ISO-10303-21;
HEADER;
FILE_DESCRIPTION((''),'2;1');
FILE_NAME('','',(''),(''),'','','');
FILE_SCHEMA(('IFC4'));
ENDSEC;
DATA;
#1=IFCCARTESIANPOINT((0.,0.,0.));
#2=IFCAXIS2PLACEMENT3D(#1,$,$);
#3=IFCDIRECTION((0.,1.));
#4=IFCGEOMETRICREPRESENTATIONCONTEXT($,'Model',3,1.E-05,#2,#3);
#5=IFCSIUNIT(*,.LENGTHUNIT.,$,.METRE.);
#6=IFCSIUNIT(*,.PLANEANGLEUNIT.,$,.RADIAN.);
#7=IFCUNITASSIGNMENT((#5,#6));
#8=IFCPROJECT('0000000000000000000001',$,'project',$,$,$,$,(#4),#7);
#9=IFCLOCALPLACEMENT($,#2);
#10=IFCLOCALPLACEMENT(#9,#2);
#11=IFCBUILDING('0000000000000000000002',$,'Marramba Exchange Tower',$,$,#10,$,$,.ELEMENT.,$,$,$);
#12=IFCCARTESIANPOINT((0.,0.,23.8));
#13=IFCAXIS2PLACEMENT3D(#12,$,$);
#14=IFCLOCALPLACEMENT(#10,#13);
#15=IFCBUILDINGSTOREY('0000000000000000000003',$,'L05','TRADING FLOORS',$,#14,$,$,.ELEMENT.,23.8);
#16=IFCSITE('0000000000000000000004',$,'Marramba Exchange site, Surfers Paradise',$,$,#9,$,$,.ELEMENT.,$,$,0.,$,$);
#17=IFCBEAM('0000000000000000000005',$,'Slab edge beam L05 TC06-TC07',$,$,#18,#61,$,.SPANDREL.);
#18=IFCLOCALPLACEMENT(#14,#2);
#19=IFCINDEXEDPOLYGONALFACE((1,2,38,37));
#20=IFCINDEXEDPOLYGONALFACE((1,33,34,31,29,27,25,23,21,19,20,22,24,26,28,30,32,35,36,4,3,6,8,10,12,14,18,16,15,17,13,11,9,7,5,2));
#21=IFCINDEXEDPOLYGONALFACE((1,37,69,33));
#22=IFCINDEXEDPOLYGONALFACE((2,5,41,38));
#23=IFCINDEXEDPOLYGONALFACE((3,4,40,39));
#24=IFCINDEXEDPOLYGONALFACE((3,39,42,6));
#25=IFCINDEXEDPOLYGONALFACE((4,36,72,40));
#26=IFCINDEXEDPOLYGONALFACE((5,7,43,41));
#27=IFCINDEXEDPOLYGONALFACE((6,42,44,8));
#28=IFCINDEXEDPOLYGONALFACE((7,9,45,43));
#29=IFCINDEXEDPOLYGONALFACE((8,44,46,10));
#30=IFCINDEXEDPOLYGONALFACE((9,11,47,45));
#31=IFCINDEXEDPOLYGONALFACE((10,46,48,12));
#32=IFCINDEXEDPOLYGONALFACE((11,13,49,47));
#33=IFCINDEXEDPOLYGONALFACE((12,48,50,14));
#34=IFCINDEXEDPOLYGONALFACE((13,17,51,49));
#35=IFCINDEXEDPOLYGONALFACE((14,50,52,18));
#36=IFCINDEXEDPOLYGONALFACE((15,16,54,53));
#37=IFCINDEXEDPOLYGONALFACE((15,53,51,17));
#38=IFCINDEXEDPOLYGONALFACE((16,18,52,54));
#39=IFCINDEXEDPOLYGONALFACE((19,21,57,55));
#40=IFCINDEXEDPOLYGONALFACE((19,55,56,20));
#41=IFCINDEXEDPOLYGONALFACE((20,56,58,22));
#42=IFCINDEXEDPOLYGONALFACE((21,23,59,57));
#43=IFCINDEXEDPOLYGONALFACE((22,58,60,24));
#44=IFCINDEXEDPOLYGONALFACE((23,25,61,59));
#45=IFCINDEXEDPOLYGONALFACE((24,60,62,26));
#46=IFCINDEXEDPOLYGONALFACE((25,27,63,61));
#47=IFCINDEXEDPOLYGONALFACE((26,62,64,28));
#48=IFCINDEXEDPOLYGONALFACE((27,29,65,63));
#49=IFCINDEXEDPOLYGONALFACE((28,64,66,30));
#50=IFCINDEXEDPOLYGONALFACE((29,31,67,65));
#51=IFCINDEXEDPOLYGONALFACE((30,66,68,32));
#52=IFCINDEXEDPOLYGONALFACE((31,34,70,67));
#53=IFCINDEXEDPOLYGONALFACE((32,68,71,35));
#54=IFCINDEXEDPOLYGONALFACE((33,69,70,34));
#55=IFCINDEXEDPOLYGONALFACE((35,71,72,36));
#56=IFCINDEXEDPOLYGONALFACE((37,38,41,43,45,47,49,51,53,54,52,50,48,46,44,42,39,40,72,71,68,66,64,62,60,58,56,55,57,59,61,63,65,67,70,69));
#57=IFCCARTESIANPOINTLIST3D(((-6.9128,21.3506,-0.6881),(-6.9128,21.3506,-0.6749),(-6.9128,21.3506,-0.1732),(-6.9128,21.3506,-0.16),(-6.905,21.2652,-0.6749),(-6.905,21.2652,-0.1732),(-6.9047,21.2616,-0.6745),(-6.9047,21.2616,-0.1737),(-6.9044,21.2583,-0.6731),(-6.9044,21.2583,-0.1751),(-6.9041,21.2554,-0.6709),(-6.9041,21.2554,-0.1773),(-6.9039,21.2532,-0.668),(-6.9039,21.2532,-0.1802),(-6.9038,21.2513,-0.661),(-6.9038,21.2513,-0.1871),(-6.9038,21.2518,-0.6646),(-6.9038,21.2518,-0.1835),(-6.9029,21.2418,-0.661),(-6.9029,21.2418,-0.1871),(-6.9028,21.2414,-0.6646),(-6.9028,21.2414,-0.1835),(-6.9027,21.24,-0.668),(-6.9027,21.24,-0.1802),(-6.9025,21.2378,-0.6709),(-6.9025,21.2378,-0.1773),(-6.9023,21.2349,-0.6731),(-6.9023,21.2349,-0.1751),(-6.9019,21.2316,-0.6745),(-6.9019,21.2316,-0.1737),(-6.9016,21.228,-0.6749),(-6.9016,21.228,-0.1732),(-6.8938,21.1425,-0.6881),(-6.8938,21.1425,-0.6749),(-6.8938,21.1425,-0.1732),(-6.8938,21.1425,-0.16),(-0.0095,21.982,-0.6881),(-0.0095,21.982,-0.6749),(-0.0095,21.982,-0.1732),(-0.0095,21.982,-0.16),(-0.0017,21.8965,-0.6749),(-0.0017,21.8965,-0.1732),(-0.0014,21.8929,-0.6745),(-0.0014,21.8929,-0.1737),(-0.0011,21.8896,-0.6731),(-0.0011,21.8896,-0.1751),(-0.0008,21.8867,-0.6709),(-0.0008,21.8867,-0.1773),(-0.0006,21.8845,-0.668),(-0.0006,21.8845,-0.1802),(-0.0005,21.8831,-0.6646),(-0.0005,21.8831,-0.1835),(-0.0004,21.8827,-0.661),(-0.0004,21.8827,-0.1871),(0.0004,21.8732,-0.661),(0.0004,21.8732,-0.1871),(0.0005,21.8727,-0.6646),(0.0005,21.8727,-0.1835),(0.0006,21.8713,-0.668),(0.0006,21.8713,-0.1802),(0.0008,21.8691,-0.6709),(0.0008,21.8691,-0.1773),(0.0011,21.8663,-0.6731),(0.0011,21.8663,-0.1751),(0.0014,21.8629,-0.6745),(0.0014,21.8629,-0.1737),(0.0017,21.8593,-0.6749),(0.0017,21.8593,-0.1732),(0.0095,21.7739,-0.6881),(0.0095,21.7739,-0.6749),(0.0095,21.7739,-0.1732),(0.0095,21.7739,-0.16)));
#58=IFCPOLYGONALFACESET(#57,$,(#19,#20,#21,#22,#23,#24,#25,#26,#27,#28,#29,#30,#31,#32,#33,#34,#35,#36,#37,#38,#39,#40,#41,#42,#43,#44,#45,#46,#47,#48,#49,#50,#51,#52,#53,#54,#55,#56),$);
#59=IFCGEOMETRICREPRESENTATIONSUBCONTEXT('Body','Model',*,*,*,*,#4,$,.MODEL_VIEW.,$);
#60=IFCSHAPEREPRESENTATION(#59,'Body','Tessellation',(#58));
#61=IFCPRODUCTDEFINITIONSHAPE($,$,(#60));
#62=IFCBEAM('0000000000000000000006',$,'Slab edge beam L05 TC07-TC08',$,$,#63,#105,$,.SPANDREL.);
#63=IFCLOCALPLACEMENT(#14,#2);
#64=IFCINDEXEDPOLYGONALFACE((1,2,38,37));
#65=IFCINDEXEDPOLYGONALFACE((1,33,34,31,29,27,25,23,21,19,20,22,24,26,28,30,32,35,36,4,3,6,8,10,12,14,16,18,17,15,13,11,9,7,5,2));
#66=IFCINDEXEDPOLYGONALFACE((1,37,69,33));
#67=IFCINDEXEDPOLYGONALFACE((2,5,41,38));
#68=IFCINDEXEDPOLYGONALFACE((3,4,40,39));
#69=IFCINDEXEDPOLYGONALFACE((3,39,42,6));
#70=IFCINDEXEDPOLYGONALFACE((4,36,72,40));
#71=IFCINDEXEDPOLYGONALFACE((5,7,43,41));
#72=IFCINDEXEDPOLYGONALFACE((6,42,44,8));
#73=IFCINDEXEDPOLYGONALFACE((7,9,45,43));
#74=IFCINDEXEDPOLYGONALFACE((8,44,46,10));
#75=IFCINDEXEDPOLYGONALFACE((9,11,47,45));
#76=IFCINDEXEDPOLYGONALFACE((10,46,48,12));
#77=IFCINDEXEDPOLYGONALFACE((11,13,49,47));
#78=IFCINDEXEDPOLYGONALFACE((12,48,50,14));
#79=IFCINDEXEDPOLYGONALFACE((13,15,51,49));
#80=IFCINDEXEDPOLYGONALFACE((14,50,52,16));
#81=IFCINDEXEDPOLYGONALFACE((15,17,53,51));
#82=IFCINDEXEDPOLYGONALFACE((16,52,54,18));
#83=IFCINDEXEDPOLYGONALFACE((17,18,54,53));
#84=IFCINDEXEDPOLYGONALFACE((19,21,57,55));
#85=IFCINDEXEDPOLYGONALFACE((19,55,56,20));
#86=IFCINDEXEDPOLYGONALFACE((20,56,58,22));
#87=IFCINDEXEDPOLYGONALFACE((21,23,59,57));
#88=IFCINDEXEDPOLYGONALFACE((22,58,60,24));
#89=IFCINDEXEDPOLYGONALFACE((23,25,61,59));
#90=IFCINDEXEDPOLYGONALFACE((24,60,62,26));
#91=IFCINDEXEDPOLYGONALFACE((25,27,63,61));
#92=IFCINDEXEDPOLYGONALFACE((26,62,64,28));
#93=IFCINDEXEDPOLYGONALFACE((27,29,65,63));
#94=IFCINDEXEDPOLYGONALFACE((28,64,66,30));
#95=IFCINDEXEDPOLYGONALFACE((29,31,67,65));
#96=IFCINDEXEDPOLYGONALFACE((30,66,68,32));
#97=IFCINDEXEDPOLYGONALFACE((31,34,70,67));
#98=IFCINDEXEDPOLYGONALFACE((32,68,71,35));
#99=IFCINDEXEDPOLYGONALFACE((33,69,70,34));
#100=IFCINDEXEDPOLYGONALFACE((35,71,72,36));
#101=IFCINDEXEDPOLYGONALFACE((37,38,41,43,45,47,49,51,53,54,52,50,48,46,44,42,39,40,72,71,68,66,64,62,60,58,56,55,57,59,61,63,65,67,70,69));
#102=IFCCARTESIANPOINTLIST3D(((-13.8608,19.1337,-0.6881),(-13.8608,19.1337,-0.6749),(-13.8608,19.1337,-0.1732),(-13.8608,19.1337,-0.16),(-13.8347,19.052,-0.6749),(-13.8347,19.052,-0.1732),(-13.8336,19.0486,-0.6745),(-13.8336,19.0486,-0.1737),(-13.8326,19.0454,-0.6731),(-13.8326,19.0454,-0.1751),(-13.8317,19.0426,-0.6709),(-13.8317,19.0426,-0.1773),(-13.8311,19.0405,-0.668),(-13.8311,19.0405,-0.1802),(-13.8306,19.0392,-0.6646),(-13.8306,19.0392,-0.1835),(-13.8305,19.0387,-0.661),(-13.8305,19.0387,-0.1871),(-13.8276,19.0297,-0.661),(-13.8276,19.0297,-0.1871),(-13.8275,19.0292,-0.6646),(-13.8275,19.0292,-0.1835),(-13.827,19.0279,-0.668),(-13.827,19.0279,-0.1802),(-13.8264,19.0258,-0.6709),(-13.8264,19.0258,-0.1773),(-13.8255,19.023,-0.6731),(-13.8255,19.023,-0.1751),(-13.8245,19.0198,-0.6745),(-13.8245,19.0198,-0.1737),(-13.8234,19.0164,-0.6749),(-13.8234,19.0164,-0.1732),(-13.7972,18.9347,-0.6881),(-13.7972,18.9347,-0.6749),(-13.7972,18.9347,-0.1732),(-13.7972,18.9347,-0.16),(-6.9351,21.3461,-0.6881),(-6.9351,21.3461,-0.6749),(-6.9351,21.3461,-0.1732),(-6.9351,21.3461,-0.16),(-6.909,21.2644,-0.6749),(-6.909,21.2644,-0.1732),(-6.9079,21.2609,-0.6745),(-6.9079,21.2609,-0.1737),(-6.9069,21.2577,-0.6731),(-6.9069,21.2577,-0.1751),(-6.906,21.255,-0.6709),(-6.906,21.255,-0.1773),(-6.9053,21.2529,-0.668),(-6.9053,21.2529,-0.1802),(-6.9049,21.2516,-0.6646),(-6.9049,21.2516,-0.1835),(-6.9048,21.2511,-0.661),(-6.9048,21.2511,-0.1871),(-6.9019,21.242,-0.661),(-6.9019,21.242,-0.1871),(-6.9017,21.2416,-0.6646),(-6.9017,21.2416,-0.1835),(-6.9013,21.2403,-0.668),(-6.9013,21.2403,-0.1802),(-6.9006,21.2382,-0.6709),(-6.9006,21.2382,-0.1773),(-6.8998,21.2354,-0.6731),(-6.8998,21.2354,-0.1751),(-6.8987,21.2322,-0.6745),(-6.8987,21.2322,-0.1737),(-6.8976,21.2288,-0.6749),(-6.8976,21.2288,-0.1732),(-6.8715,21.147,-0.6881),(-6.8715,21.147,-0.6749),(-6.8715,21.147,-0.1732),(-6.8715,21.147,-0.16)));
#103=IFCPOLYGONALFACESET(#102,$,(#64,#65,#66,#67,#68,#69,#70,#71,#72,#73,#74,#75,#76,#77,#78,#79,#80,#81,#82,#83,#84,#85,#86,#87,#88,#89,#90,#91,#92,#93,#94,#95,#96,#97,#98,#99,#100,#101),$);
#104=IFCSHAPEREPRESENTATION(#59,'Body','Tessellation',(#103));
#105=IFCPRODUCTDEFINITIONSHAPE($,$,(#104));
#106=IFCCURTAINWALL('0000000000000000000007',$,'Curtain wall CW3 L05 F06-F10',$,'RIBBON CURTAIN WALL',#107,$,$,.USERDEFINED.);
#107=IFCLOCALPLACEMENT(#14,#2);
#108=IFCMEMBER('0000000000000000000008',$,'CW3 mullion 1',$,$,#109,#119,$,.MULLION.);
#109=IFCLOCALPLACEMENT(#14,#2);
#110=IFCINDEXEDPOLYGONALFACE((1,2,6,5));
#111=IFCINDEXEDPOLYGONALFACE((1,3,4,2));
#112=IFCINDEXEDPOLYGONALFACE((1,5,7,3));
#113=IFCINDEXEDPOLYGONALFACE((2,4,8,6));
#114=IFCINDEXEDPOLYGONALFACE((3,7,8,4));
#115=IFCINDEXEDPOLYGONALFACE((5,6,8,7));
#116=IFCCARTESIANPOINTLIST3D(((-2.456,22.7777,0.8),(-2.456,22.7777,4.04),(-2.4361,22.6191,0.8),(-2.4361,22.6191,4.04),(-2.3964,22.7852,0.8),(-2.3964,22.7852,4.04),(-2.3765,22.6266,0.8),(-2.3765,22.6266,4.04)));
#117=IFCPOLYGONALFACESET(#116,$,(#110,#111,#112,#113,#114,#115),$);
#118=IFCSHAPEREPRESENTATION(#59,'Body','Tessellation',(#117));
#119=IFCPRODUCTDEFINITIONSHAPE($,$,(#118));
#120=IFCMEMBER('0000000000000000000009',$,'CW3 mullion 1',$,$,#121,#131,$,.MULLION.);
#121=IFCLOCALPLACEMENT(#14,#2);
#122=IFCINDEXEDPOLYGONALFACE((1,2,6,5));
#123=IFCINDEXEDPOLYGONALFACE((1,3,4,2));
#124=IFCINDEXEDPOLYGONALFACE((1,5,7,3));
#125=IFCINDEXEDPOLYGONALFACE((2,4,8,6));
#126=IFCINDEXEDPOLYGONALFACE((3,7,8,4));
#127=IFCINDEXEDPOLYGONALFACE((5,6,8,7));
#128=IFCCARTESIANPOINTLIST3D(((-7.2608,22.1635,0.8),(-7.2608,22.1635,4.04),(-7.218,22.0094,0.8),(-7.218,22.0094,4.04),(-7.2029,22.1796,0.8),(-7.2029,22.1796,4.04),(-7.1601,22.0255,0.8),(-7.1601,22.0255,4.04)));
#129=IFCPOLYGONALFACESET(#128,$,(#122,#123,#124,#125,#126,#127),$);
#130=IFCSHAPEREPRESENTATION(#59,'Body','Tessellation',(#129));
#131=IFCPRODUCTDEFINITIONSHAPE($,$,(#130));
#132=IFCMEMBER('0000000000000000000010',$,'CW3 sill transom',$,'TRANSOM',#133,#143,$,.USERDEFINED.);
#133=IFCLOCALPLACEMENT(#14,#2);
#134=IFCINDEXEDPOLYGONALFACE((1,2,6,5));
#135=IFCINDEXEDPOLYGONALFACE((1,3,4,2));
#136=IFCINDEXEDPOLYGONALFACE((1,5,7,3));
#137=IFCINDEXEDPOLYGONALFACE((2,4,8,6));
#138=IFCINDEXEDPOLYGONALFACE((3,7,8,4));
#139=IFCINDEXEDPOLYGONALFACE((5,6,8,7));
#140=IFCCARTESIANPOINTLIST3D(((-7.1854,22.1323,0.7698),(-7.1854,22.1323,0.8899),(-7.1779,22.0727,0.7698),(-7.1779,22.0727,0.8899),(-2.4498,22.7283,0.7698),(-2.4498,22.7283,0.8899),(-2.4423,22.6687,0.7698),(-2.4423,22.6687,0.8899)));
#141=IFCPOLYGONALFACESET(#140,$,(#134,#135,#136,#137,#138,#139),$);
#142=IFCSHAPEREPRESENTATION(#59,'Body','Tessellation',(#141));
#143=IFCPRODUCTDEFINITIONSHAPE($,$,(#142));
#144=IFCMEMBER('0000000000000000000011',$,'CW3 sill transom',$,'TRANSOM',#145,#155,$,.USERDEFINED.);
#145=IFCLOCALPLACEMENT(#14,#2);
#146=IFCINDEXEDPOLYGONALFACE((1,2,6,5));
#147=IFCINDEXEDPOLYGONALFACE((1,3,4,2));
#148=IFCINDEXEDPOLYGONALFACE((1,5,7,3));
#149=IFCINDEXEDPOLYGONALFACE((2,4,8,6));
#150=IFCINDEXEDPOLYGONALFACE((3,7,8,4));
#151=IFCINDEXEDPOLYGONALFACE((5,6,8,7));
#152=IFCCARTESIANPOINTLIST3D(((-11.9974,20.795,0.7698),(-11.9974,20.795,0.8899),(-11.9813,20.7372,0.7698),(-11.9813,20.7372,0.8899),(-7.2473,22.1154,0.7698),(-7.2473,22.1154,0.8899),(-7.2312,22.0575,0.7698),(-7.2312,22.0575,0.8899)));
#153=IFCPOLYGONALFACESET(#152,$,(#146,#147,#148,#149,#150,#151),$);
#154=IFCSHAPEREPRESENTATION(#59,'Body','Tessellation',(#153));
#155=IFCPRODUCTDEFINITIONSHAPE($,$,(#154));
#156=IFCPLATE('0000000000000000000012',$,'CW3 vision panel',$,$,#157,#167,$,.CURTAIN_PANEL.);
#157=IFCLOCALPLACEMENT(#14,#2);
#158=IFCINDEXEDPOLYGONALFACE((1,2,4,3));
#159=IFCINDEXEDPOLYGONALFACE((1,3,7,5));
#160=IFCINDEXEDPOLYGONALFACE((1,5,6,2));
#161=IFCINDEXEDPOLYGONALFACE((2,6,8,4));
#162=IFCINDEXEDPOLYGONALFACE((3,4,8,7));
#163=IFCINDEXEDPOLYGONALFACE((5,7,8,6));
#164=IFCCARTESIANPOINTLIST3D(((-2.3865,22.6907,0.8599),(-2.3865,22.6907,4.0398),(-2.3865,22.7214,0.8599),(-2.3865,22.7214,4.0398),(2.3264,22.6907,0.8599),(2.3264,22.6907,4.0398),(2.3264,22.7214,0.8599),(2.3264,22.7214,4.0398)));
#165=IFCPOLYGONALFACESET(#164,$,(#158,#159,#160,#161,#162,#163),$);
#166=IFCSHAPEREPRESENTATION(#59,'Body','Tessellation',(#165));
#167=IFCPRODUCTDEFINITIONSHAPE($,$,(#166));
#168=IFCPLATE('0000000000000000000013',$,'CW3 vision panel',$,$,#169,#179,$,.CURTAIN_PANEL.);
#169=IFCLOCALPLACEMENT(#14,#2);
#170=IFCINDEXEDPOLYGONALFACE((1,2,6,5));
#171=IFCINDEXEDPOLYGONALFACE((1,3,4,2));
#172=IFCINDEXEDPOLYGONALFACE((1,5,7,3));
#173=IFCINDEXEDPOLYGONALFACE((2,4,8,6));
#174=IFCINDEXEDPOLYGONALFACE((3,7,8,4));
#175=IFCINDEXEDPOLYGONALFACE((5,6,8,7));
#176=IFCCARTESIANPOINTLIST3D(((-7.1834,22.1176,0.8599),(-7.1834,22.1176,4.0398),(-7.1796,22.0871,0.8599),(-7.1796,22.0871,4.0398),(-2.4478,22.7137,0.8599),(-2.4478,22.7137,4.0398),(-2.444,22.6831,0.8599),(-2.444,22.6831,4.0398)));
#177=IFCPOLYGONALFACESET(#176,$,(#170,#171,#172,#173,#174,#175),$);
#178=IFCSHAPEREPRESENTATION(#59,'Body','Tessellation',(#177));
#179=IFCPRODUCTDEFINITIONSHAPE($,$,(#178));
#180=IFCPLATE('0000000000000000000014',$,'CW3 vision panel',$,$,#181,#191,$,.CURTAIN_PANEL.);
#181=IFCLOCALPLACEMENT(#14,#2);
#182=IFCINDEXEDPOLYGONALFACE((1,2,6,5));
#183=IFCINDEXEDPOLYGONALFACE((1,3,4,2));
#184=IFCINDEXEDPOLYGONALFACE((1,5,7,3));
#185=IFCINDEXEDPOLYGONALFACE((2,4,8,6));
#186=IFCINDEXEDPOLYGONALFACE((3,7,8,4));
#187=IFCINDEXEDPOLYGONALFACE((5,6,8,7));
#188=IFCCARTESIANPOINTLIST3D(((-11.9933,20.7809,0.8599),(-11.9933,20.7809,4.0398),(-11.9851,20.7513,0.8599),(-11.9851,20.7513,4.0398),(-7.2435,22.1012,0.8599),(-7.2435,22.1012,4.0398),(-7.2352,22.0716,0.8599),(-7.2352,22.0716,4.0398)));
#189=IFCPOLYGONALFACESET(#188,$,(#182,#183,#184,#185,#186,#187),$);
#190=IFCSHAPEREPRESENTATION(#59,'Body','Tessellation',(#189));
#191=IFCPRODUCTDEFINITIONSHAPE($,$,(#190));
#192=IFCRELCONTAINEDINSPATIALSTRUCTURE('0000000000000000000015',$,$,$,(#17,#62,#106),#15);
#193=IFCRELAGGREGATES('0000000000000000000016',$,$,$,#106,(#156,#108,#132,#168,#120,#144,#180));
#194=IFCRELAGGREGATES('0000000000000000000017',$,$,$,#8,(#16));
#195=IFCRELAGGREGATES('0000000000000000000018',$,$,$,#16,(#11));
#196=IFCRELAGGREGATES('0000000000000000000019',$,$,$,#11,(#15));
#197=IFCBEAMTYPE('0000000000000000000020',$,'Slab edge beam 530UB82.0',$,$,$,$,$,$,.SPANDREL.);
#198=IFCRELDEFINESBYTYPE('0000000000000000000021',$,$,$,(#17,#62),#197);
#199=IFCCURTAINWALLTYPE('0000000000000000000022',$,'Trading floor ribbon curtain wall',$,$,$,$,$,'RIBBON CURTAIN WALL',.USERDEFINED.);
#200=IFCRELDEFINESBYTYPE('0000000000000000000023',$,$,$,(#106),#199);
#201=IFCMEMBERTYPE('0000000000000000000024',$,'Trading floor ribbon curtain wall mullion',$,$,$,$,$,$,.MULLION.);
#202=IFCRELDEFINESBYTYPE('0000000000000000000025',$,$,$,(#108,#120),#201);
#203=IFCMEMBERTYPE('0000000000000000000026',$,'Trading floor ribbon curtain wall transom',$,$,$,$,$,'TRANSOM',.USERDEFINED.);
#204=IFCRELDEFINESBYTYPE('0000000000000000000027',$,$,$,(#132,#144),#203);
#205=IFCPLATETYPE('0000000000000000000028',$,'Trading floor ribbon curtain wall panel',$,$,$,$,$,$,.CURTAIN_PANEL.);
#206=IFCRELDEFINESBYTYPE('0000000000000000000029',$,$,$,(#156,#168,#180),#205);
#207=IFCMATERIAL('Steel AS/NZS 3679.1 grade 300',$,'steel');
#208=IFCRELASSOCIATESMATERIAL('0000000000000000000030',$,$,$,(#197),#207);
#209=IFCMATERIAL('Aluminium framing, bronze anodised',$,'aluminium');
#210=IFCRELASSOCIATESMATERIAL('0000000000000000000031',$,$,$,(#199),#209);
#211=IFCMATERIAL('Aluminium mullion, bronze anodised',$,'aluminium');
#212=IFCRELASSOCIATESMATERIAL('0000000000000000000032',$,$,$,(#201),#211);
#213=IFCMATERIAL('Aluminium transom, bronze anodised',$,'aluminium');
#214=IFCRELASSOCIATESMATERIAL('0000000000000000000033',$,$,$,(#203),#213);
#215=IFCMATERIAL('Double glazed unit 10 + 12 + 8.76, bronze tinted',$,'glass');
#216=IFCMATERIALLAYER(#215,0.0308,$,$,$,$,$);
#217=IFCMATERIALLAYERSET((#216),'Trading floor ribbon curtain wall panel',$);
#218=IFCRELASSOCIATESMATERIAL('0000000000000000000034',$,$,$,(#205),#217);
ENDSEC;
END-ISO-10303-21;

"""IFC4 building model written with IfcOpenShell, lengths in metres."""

from ifc_helpers import new_model, si_unit, direction, frame, origin, origin_2d, place, context, subcontext, project, spatial, rectangle, i_section, extrude, material, layer, layer_set, material_profile, profile_set, type_object, element, aggregate, save


model = new_model("IFC4")

# Units and contexts
model_context = context("Model", 3, precision=1e-05, world=origin(), true_north=direction((0.0, 1.0)))
body_context = subcontext(model_context, "Body", "Model", "MODEL_VIEW")
ifc_project = project(units=[si_unit("LENGTHUNIT", "METRE"), si_unit("PLANEANGLEUNIT", "RADIAN")], contexts=[model_context])

# Site, building, storey
site_placement = place(None, origin())
site = spatial("IfcSite", under=ifc_project, at=site_placement, Name="Marramba Exchange site, Surfers Paradise", CompositionType="ELEMENT", RefElevation=0.0)
building_placement = place(site_placement, origin())
building = spatial("IfcBuilding", under=site, at=building_placement, Name="Marramba Exchange Tower", CompositionType="ELEMENT")
storey_placement = place(building_placement, frame((0.0, 0.0, 23.8)))
storey = spatial("IfcBuildingStorey", under=building, at=storey_placement, Name="L05", Description="TRADING FLOORS", CompositionType="ELEMENT", Elevation=23.8)

# Beams
ifc_material_1 = material(Name="Steel AS/NZS 3679.1 grade 300", Category="steel")
ifc_material_profile_1 = material_profile(ifc_material_1, i_section(OverallWidth=0.209, OverallDepth=0.5281, WebThickness=0.0095, FlangeThickness=0.0132, FilletRadius=0.0139, at=origin_2d()), Name="530UB82.0")
ifc_profile_set_1 = profile_set([ifc_material_profile_1], Name="Steel AS/NZS 3679.1 grade 300")
beam_type_1 = type_object("IfcBeamType", Name="Slab edge beam 530UB82.0", PredefinedType="SPANDREL", material=ifc_profile_set_1)
beam_1_placement = place(storey_placement, frame((0.0, 21.8779, -0.4241), z_axis=(-0.995844, -0.091076, 0.0), x_axis=(0.091076, -0.995844, 0.0)))
element("IfcBeam", 1, at=beam_1_placement, inside=storey, type_object=beam_type_1, Name="Slab edge beam L05 TC06-TC07", PredefinedType="SPANDREL", context=body_context, shape_type="SweptSolid", body=[
    extrude(i_section(OverallWidth=0.209, OverallDepth=0.5281, WebThickness=0.0095, FlangeThickness=0.0132, FilletRadius=0.0139, at=origin_2d()), origin(), (0.0, 0.0, 1.0), 6.9321),
])
beam_2_placement = place(storey_placement, frame((-6.9033, 21.2466, -0.4241), z_axis=(-0.952578, -0.304296, 0.0), x_axis=(0.304296, -0.952578, 0.0)))
element("IfcBeam", 2, at=beam_2_placement, inside=storey, type_object=beam_type_1, Name="Slab edge beam L05 TC07-TC08", PredefinedType="SPANDREL", context=body_context, shape_type="SweptSolid", body=[
    extrude(i_section(OverallWidth=0.209, OverallDepth=0.5281, WebThickness=0.0095, FlangeThickness=0.0132, FilletRadius=0.0139, at=origin_2d()), origin(), (0.0, 0.0, 1.0), 7.2705),
])

# Curtain wall, members, plates
ifc_material_2 = material(Name="Aluminium framing, bronze anodised", Category="aluminium")
curtain_wall_type = type_object("IfcCurtainWallType", Name="Trading floor ribbon curtain wall", ElementType="RIBBON CURTAIN WALL", PredefinedType="USERDEFINED", material=ifc_material_2)
curtain_wall_placement = place(storey_placement, origin())
curtain_wall = element("IfcCurtainWall", 3, at=curtain_wall_placement, inside=storey, type_object=curtain_wall_type, Name="Curtain wall CW3 L05 F06-F10", ObjectType="RIBBON CURTAIN WALL", PredefinedType="USERDEFINED")
ifc_material_3 = material(Name="Aluminium mullion, bronze anodised", Category="aluminium")
ifc_material_profile_2 = material_profile(ifc_material_3, rectangle(XDim=0.1599, YDim=0.0601, at=origin_2d()), Name="CW3 mullion 60x160")
ifc_profile_set_2 = profile_set([ifc_material_profile_2], Name="Aluminium mullion, bronze anodised")
member_type_1 = type_object("IfcMemberType", Name="Trading floor ribbon curtain wall mullion", PredefinedType="MULLION", material=ifc_profile_set_2)
member_1_placement = place(storey_placement, frame((-2.4163, 22.7021, 0.8), z_axis=(0.0, 0.0, 1.0), x_axis=(0.124873, -0.992173, 0.0)))
member_1 = element("IfcMember", 4, at=member_1_placement, type_object=member_type_1, Name="CW3 mullion 1", PredefinedType="MULLION", context=body_context, shape_type="SweptSolid", body=[
    extrude(rectangle(XDim=0.1599, YDim=0.0601, at=origin_2d()), origin(), (0.0, 0.0, 1.0), 3.24),
])
member_2_placement = place(storey_placement, frame((-7.2104, 22.0945, 0.8), z_axis=(0.0, 0.0, 1.0), x_axis=(0.267809, -0.963472, 0.0)))
member_2 = element("IfcMember", 5, at=member_2_placement, type_object=member_type_1, Name="CW3 mullion 1", PredefinedType="MULLION", context=body_context, shape_type="SweptSolid", body=[
    extrude(rectangle(XDim=0.1599, YDim=0.0601, at=origin_2d()), origin(), (0.0, 0.0, 1.0), 3.24),
])
ifc_material_4 = material(Name="Aluminium transom, bronze anodised", Category="aluminium")
ifc_material_profile_3 = material_profile(ifc_material_4, rectangle(XDim=0.0601, YDim=0.1201, at=origin_2d()), Name="CW3 transom 60x120")
ifc_profile_set_3 = profile_set([ifc_material_profile_3], Name="Aluminium transom, bronze anodised")
member_type_2 = type_object("IfcMemberType", Name="Trading floor ribbon curtain wall transom", ElementType="TRANSOM", PredefinedType="USERDEFINED", material=ifc_profile_set_3)
member_3_placement = place(storey_placement, frame((-2.446, 22.6985, 0.8298), z_axis=(-0.992174, -0.124859, 0.0), x_axis=(0.124859, -0.992174, 0.0)))
member_3 = element("IfcMember", 6, at=member_3_placement, type_object=member_type_2, Name="CW3 sill transom", ObjectType="TRANSOM", PredefinedType="USERDEFINED", context=body_context, shape_type="SweptSolid", body=[
    extrude(rectangle(XDim=0.0601, YDim=0.1201, at=origin_2d()), origin(), (0.0, 0.0, 1.0), 4.7729),
])
member_4_placement = place(storey_placement, frame((-7.2393, 22.0864, 0.8298), z_axis=(-0.963472, -0.267807, 0.0), x_axis=(0.267807, -0.963472, 0.0)))
member_4 = element("IfcMember", 7, at=member_4_placement, type_object=member_type_2, Name="CW3 sill transom", ObjectType="TRANSOM", PredefinedType="USERDEFINED", context=body_context, shape_type="SweptSolid", body=[
    extrude(rectangle(XDim=0.0601, YDim=0.1201, at=origin_2d()), origin(), (0.0, 0.0, 1.0), 4.9302),
])
ifc_material_5 = material(Name="Double glazed unit 10 + 12 + 8.76, bronze tinted", Category="glass")
ifc_layer_1 = layer(ifc_material_5, 0.0308)
ifc_layer_set_1 = layer_set([ifc_layer_1], Name="Trading floor ribbon curtain wall panel")
plate_type = type_object("IfcPlateType", Name="Trading floor ribbon curtain wall panel", PredefinedType="CURTAIN_PANEL", material=ifc_layer_set_1)
plate_1_placement = place(storey_placement, frame((-0.03, 22.7061, 0.8599), z_axis=(0.0, 0.0, 1.0), x_axis=(-1.0, 0.0, 0.0)))
plate_1 = element("IfcPlate", 8, at=plate_1_placement, type_object=plate_type, Name="CW3 vision panel", PredefinedType="CURTAIN_PANEL", context=body_context, shape_type="SweptSolid", body=[
    extrude(rectangle(XDim=4.7129, YDim=0.0308, at=origin_2d()), origin(), (0.0, 0.0, 1.0), 3.1799),
])
plate_2_placement = place(storey_placement, frame((-4.8137, 22.4004, 0.8599), z_axis=(0.0, 0.0, 1.0), x_axis=(-0.992173, -0.124873, 0.0)))
plate_2 = element("IfcPlate", 9, at=plate_2_placement, type_object=plate_type, Name="CW3 vision panel", PredefinedType="CURTAIN_PANEL", context=body_context, shape_type="SweptSolid", body=[
    extrude(rectangle(XDim=4.7729, YDim=0.0308, at=origin_2d()), origin(), (0.0, 0.0, 1.0), 3.1799),
])
plate_3_placement = place(storey_placement, frame((-9.6143, 21.4263, 0.8599), z_axis=(0.0, 0.0, 1.0), x_axis=(-0.963472, -0.267809, 0.0)))
plate_3 = element("IfcPlate", 10, at=plate_3_placement, type_object=plate_type, Name="CW3 vision panel", PredefinedType="CURTAIN_PANEL", context=body_context, shape_type="SweptSolid", body=[
    extrude(rectangle(XDim=4.9299, YDim=0.0308, at=origin_2d()), origin(), (0.0, 0.0, 1.0), 3.1799),
])
aggregate(curtain_wall, [plate_1, member_1, member_3, plate_2, member_2, member_4, plate_3])

save(model, "model.ifc")
